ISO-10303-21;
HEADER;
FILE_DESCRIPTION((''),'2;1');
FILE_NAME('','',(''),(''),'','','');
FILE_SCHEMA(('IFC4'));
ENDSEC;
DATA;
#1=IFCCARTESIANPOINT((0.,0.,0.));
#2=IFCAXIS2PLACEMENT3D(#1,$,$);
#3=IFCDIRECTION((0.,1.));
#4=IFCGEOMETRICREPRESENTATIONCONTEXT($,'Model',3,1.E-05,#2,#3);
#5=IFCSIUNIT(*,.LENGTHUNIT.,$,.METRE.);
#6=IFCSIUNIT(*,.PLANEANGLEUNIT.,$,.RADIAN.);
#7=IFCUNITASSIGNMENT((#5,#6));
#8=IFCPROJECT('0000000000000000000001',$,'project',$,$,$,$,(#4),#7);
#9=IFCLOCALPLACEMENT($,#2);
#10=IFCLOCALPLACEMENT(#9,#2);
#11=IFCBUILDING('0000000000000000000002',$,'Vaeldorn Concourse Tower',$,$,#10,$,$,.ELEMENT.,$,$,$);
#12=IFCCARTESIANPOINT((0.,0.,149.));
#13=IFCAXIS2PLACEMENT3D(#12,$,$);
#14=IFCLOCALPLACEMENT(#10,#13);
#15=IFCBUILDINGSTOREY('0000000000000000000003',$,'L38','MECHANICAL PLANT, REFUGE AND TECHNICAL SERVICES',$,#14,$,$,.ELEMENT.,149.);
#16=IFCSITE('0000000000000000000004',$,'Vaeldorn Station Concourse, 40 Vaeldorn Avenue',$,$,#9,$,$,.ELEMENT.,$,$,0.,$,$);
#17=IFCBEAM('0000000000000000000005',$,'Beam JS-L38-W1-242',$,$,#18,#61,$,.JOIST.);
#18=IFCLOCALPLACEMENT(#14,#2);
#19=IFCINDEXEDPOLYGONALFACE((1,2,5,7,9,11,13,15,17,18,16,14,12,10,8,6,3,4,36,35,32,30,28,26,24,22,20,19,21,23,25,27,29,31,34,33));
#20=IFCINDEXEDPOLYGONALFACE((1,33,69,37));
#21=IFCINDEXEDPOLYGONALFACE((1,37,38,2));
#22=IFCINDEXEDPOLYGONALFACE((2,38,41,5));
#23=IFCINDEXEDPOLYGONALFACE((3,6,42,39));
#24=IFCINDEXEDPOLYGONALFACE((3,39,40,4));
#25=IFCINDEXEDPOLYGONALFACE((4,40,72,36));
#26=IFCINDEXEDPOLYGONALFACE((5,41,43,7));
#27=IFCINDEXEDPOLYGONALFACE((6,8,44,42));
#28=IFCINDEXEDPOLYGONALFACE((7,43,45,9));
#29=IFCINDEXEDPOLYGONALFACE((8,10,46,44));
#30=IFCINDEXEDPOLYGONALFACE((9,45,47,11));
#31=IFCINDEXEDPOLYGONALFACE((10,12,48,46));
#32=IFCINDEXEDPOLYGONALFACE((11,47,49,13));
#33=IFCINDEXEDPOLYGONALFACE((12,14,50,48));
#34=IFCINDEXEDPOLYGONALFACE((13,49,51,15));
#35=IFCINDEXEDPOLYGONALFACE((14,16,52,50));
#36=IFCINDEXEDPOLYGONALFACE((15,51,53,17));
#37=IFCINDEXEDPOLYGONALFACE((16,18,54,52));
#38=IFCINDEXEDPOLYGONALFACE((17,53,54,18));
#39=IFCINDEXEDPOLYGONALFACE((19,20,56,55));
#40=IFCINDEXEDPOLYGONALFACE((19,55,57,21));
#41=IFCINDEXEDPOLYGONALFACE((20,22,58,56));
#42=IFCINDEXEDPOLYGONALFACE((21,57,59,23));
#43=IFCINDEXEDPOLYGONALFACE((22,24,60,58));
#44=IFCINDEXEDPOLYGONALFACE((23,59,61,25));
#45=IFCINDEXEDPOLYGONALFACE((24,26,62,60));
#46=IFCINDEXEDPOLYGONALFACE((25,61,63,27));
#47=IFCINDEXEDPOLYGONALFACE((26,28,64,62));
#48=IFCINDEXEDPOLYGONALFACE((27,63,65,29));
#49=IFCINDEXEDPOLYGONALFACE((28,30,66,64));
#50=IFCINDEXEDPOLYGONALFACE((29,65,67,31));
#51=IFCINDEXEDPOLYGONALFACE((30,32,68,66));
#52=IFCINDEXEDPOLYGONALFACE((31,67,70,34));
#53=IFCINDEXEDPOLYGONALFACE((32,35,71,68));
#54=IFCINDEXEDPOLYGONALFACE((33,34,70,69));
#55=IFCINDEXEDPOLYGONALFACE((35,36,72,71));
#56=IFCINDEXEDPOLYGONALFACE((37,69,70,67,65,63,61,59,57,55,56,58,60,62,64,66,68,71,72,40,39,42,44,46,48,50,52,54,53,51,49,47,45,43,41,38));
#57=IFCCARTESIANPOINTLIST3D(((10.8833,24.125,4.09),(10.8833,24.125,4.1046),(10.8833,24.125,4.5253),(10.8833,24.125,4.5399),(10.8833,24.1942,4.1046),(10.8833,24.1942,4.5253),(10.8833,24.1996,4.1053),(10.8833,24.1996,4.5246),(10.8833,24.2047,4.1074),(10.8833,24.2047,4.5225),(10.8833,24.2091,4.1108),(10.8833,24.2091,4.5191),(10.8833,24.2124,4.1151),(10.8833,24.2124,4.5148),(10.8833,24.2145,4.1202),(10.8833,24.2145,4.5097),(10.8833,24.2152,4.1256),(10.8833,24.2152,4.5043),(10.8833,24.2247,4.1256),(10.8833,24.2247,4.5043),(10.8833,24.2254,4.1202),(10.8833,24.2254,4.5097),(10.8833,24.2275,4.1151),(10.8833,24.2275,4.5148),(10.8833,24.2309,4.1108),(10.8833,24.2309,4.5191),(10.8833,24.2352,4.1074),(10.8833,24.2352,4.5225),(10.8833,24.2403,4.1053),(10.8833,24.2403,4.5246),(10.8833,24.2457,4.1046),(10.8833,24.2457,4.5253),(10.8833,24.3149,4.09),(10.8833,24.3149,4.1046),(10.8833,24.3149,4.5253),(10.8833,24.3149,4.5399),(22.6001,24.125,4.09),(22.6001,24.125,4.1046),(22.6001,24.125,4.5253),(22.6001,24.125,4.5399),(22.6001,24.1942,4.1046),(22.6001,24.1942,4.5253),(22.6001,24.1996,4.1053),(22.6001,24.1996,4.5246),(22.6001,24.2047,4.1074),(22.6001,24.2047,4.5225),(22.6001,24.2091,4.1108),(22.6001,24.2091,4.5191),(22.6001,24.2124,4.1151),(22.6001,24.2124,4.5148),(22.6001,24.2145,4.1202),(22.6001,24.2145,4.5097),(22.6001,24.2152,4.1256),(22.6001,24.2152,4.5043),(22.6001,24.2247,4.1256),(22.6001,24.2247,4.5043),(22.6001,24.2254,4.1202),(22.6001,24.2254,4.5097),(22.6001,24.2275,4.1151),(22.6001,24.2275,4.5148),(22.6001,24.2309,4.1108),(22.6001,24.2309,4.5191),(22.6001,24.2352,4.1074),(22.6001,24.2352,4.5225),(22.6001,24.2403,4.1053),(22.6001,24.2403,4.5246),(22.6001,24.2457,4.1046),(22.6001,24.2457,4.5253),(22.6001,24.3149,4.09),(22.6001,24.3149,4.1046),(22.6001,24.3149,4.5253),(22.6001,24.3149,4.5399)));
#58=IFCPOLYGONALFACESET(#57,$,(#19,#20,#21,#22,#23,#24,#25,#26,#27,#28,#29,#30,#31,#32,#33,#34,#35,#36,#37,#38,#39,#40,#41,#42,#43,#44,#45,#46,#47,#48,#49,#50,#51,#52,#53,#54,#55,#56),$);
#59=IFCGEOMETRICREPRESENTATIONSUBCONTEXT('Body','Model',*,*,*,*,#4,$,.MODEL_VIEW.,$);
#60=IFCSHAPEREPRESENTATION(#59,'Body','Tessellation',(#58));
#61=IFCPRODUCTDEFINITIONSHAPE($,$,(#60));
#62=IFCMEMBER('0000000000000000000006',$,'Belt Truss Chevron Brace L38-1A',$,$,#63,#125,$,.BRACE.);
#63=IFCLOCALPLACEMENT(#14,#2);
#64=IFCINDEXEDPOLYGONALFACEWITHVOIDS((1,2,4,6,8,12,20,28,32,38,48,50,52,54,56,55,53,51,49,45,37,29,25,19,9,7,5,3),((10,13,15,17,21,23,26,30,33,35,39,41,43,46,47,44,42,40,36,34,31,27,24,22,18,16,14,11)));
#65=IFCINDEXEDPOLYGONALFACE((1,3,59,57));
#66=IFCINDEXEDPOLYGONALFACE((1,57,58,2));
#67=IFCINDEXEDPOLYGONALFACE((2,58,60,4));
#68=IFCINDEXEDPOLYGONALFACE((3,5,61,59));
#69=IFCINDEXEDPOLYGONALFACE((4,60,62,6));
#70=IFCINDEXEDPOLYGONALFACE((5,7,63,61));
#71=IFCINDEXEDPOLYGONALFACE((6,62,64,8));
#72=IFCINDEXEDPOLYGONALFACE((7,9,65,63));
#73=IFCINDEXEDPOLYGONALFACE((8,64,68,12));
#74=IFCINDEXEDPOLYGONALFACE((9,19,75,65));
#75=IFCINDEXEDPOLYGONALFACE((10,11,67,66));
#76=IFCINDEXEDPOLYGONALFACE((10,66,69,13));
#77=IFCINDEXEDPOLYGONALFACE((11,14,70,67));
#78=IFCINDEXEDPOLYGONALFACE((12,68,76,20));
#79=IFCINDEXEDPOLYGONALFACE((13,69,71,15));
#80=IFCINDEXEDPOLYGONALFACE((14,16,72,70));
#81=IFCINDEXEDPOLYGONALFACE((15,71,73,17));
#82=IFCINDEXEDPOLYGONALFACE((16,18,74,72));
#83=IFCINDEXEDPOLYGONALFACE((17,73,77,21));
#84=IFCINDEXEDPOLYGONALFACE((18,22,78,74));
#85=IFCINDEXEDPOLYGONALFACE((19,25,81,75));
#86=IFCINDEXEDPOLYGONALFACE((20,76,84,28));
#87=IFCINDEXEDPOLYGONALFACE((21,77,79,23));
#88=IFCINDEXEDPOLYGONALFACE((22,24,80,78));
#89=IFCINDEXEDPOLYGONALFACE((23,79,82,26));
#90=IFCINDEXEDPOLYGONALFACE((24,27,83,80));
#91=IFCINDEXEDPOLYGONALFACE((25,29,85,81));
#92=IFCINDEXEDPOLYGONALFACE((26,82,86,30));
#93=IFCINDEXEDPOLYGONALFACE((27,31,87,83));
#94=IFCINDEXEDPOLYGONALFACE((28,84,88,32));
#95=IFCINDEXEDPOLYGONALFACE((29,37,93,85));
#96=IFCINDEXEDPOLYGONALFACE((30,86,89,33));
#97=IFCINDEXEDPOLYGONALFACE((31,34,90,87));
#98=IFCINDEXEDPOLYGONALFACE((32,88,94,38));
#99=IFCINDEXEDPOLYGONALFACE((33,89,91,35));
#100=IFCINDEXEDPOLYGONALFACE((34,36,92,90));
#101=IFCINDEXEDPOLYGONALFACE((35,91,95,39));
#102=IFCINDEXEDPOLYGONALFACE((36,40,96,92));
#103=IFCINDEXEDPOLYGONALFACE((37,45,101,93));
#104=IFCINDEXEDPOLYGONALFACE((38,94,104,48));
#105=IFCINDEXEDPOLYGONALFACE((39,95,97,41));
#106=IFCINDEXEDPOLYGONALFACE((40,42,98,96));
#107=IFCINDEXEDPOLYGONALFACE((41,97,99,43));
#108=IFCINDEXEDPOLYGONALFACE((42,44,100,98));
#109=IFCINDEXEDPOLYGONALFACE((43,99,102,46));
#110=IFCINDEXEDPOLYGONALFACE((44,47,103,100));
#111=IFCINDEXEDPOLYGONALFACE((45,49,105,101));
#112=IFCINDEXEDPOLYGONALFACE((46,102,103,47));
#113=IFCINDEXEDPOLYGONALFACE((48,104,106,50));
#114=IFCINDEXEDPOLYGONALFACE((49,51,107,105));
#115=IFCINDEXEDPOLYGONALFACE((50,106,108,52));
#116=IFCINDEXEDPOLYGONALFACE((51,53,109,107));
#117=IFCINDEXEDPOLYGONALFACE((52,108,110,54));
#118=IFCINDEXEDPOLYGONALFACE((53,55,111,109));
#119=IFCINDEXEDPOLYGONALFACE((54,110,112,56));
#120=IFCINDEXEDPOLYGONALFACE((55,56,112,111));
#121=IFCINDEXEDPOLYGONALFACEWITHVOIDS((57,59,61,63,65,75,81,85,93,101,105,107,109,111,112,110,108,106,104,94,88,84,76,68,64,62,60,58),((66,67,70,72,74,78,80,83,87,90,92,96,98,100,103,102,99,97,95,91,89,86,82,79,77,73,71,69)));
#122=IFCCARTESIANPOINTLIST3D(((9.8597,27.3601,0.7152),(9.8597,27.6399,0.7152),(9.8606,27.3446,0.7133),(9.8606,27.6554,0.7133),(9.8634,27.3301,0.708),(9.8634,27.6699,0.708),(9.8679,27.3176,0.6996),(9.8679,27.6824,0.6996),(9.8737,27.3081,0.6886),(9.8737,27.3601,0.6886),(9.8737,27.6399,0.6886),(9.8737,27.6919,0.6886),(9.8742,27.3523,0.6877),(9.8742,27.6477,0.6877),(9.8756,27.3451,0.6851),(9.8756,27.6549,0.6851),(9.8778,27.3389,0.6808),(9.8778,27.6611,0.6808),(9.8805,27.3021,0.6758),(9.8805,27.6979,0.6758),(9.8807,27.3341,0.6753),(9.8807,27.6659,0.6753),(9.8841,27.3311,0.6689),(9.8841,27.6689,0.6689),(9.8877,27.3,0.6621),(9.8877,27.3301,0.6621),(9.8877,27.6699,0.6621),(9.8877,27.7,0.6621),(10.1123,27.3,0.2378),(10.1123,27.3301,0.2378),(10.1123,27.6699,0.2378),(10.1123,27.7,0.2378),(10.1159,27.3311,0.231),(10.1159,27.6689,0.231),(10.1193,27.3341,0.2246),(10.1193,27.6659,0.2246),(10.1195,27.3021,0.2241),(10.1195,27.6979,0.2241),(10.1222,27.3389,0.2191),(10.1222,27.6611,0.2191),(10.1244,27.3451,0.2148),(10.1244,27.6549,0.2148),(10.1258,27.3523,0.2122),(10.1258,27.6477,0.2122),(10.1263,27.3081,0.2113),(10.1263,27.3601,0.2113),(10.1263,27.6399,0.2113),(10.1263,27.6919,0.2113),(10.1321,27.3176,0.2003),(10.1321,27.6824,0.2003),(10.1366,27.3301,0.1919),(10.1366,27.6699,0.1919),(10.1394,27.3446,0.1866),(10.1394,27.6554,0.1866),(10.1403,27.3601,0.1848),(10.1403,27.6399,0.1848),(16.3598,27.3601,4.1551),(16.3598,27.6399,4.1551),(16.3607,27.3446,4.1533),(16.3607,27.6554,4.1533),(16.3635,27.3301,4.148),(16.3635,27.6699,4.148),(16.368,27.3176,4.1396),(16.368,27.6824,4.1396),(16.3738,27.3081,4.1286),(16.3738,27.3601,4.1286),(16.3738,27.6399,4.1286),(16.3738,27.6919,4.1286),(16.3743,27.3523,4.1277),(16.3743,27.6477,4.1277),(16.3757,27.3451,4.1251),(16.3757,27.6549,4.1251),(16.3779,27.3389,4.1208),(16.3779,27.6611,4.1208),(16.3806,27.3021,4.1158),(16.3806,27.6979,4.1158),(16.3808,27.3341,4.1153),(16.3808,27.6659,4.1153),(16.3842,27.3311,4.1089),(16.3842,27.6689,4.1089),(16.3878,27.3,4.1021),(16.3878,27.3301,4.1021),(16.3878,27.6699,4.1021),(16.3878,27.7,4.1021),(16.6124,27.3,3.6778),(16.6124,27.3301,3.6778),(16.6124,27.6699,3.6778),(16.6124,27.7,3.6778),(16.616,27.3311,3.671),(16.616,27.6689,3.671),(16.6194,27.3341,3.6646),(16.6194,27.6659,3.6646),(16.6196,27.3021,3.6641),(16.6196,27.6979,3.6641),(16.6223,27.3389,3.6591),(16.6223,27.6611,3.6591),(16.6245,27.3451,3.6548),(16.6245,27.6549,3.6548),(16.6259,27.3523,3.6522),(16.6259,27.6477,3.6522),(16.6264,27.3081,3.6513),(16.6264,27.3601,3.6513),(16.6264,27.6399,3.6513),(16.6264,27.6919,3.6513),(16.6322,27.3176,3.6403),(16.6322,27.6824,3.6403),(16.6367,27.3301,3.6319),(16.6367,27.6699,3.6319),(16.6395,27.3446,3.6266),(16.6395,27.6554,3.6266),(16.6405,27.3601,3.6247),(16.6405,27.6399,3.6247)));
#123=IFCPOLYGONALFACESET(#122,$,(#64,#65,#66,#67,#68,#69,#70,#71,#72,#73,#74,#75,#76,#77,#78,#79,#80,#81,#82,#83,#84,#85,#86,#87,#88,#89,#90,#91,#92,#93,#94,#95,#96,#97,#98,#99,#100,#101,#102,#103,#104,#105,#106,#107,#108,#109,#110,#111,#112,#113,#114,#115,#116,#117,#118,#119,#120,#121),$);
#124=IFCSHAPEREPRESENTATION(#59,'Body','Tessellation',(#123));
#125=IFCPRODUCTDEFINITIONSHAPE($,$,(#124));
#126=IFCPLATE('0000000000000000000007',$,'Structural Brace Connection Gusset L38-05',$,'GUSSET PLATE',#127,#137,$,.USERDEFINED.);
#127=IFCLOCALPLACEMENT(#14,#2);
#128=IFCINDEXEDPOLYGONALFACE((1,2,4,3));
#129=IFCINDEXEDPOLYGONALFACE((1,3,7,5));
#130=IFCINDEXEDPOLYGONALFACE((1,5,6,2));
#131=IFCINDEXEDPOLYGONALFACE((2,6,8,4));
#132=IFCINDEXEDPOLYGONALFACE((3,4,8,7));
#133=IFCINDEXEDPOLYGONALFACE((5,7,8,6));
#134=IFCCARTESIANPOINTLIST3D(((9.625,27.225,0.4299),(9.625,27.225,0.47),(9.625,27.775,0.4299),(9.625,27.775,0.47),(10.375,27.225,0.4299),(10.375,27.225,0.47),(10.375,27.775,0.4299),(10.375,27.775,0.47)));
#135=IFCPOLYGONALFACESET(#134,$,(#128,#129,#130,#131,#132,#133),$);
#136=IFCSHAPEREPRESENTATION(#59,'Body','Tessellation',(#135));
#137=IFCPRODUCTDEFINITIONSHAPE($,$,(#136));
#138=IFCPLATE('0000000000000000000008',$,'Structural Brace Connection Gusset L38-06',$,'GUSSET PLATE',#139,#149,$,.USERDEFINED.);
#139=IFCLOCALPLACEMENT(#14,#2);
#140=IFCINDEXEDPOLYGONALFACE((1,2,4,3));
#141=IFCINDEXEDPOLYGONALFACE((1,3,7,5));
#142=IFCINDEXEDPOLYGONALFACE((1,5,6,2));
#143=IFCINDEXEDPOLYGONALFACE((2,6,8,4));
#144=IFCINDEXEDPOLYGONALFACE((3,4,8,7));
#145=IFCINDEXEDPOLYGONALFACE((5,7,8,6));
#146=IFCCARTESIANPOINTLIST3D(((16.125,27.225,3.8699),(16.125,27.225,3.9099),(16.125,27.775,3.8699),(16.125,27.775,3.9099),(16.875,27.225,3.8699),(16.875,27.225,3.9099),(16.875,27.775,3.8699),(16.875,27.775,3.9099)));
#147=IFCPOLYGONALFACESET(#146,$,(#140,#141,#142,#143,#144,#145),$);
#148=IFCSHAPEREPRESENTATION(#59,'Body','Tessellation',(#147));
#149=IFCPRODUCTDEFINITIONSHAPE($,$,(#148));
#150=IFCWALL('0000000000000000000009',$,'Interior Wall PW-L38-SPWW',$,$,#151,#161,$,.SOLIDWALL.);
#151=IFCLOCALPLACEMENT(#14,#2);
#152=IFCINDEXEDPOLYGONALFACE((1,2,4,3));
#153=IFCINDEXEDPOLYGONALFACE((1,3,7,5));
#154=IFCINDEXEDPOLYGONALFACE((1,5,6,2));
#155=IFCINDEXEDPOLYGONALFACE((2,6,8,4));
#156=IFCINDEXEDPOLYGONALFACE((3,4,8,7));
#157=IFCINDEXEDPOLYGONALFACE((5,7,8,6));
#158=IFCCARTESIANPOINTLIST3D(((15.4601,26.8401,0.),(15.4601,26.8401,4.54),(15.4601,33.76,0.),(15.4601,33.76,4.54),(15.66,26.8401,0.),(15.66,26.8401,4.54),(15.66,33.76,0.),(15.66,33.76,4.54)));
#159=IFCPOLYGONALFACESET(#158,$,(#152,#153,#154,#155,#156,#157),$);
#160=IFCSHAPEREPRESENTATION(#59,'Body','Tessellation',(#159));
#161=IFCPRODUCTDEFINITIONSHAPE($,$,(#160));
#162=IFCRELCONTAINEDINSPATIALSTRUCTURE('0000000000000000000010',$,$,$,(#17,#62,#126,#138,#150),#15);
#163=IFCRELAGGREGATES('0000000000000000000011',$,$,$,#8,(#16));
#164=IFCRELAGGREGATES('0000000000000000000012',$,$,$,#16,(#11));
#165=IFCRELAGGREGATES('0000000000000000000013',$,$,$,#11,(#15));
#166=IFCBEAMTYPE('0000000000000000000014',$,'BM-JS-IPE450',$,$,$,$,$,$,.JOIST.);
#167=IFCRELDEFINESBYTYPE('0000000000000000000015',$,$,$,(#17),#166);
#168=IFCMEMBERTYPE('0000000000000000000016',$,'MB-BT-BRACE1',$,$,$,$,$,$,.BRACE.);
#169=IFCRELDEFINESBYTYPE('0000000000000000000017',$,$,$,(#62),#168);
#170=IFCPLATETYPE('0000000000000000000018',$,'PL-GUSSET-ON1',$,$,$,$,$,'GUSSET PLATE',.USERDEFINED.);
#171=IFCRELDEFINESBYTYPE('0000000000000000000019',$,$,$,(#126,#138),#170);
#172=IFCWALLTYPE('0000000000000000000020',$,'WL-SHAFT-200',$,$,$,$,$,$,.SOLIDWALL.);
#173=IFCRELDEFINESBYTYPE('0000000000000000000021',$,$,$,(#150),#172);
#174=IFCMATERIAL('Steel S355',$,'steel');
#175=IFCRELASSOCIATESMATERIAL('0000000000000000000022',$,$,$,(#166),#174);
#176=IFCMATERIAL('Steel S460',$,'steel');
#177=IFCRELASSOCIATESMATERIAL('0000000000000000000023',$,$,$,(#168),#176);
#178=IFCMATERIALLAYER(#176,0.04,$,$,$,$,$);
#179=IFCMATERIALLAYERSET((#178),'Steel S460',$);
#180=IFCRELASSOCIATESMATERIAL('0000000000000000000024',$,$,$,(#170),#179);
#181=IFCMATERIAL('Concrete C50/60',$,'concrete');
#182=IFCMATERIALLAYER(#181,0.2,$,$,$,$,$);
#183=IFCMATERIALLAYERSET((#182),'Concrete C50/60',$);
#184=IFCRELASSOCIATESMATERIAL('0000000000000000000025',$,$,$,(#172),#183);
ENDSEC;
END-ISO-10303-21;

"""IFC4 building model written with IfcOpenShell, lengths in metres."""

from ifc_helpers import new_model, si_unit, direction, frame, frame_2d, origin, origin_2d, place, context, subcontext, project, spatial, rectangle, hollow_rectangle, i_section, extrude, source, transform, mapped, material, layer, layer_set, material_profile, profile_set, type_object, element, save


model = new_model("IFC4")

# Units and contexts
model_context = context("Model", 3, precision=1e-05, world=origin(), true_north=direction((0.0, 1.0)))
body_context = subcontext(model_context, "Body", "Model", "MODEL_VIEW")
ifc_project = project(units=[si_unit("LENGTHUNIT", "METRE"), si_unit("PLANEANGLEUNIT", "RADIAN")], contexts=[model_context])

# Site, building, storey
site_placement = place(None, origin())
site = spatial("IfcSite", under=ifc_project, at=site_placement, Name="Vaeldorn Station Concourse, 40 Vaeldorn Avenue", CompositionType="ELEMENT", RefElevation=0.0)
building_placement = place(site_placement, origin())
building = spatial("IfcBuilding", under=site, at=building_placement, Name="Vaeldorn Concourse Tower", CompositionType="ELEMENT")
storey_placement = place(building_placement, frame((0.0, 0.0, 149.0)))
storey = spatial("IfcBuildingStorey", under=building, at=storey_placement, Name="L38", Description="MECHANICAL PLANT, REFUGE AND TECHNICAL SERVICES", CompositionType="ELEMENT", Elevation=149.0)

# Shared definitions
ifc_material_1 = material(Name="Steel S460", Category="steel")

# Beam
ifc_material_2 = material(Name="Steel S355", Category="steel")
ifc_material_profile_1 = material_profile(ifc_material_2, i_section(OverallWidth=0.1899, OverallDepth=0.45, WebThickness=0.0095, FlangeThickness=0.0146, FilletRadius=0.021, at=origin_2d()), Name="IPE 450")
ifc_profile_set_1 = profile_set([ifc_material_profile_1], Name="Steel S355")
beam_type_1 = type_object("IfcBeamType", Name="BM-JS-IPE450", PredefinedType="JOIST", material=ifc_profile_set_1)
shared_shape_1 = source(origin(), body_context, "Body", "SweptSolid", [
    extrude(i_section(OverallWidth=0.1899, OverallDepth=0.45, WebThickness=0.0095, FlangeThickness=0.0146, FilletRadius=0.021, at=origin_2d()), origin(), (0.0, 0.0, 1.0), 11.7168),
])
beam_1_placement = place(storey_placement, frame((10.8833, 24.22, 4.3149), z_axis=(1.0, 0.0, 0.0), x_axis=(0.0, 1.0, 0.0)))
element("IfcBeam", 1, at=beam_1_placement, inside=storey, type_object=beam_type_1, Name="Beam JS-L38-W1-242", PredefinedType="JOIST", context=body_context, shape_type="MappedRepresentation", body=[
    mapped(shared_shape_1, transform((0.0, 0.0, 0.0), scale=1.0)),
])

# Member
ifc_material_profile_2 = material_profile(ifc_material_1, hollow_rectangle(XDim=0.3999, YDim=0.6001, WallThickness=0.03, InnerFilletRadius=0.03, OuterFilletRadius=0.0601, at=origin_2d()), Name="RHS 600x400x30")
ifc_profile_set_2 = profile_set([ifc_material_profile_2], Name="Steel S460")
member_type = type_object("IfcMemberType", Name="MB-BT-BRACE1", PredefinedType="BRACE", material=ifc_profile_set_2)
shared_shape_2 = source(origin(), body_context, "Body", "SweptSolid", [
    extrude(hollow_rectangle(XDim=0.3999, YDim=0.6001, WallThickness=0.03, InnerFilletRadius=0.03, OuterFilletRadius=0.0601, at=origin_2d()), origin(), (0.0, 0.0, 1.0), 7.3542),
])
member_placement = place(storey_placement, frame((10.0, 27.5, 0.45), z_axis=(0.883857, 0.0, 0.467757), x_axis=(0.0, 1.0, 0.0)))
element("IfcMember", 2, at=member_placement, inside=storey, type_object=member_type, Name="Belt Truss Chevron Brace L38-1A", PredefinedType="BRACE", context=body_context, shape_type="MappedRepresentation", body=[
    mapped(shared_shape_2, transform((0.0, 0.0, 0.0), scale=1.0)),
])

# Plates
ifc_layer_1 = layer(ifc_material_1, 0.04)
ifc_layer_set_1 = layer_set([ifc_layer_1], Name="Steel S460")
plate_type = type_object("IfcPlateType", Name="PL-GUSSET-ON1", ElementType="GUSSET PLATE", PredefinedType="USERDEFINED", material=ifc_layer_set_1)
shared_shape_3 = source(origin(), body_context, "Body", "SweptSolid", [
    extrude(rectangle(XDim=0.75, YDim=0.55, at=origin_2d()), origin(), (0.0, 0.0, 1.0), 0.04),
])
for number, where, z_axis, x_axis, name in (
    (3, (10.0, 27.5, 0.4299), (0.0, 0.0, 1.0), (1.0, 0.0, 0.0), "Structural Brace Connection Gusset L38-05"),
    (4, (16.5, 27.5, 3.8699), (0.0, 0.0, 1.0), (1.0, 0.0, 0.0), "Structural Brace Connection Gusset L38-06"),
):
    element("IfcPlate", number, at=place(storey_placement, frame(where, z_axis=z_axis, x_axis=x_axis)), inside=storey, type_object=plate_type, Name=name, ObjectType="GUSSET PLATE", PredefinedType="USERDEFINED", context=body_context, shape_type="MappedRepresentation", body=[
        mapped(shared_shape_3, transform((0.0, 0.0, 0.0), scale=1.0)),
    ])

# Wall
ifc_material_3 = material(Name="Concrete C50/60", Category="concrete")
ifc_layer_2 = layer(ifc_material_3, 0.2)
ifc_layer_set_2 = layer_set([ifc_layer_2], Name="Concrete C50/60")
wall_type = type_object("IfcWallType", Name="WL-SHAFT-200", PredefinedType="SOLIDWALL", material=ifc_layer_set_2)
wall_1_placement = place(storey_placement, frame((15.5601, 26.8401, 0.0), z_axis=(0.0, 0.0, 1.0), x_axis=(0.0, 1.0, 0.0)))
element("IfcWall", 5, at=wall_1_placement, inside=storey, type_object=wall_type, Name="Interior Wall PW-L38-SPWW", PredefinedType="SOLIDWALL", context=body_context, shape_type="SweptSolid", body=[
    extrude(rectangle(XDim=6.9199, YDim=0.2, at=frame_2d((3.46, 0.0))), origin(), (0.0, 0.0, 1.0), 4.54),
])

save(model, "model.ifc")
